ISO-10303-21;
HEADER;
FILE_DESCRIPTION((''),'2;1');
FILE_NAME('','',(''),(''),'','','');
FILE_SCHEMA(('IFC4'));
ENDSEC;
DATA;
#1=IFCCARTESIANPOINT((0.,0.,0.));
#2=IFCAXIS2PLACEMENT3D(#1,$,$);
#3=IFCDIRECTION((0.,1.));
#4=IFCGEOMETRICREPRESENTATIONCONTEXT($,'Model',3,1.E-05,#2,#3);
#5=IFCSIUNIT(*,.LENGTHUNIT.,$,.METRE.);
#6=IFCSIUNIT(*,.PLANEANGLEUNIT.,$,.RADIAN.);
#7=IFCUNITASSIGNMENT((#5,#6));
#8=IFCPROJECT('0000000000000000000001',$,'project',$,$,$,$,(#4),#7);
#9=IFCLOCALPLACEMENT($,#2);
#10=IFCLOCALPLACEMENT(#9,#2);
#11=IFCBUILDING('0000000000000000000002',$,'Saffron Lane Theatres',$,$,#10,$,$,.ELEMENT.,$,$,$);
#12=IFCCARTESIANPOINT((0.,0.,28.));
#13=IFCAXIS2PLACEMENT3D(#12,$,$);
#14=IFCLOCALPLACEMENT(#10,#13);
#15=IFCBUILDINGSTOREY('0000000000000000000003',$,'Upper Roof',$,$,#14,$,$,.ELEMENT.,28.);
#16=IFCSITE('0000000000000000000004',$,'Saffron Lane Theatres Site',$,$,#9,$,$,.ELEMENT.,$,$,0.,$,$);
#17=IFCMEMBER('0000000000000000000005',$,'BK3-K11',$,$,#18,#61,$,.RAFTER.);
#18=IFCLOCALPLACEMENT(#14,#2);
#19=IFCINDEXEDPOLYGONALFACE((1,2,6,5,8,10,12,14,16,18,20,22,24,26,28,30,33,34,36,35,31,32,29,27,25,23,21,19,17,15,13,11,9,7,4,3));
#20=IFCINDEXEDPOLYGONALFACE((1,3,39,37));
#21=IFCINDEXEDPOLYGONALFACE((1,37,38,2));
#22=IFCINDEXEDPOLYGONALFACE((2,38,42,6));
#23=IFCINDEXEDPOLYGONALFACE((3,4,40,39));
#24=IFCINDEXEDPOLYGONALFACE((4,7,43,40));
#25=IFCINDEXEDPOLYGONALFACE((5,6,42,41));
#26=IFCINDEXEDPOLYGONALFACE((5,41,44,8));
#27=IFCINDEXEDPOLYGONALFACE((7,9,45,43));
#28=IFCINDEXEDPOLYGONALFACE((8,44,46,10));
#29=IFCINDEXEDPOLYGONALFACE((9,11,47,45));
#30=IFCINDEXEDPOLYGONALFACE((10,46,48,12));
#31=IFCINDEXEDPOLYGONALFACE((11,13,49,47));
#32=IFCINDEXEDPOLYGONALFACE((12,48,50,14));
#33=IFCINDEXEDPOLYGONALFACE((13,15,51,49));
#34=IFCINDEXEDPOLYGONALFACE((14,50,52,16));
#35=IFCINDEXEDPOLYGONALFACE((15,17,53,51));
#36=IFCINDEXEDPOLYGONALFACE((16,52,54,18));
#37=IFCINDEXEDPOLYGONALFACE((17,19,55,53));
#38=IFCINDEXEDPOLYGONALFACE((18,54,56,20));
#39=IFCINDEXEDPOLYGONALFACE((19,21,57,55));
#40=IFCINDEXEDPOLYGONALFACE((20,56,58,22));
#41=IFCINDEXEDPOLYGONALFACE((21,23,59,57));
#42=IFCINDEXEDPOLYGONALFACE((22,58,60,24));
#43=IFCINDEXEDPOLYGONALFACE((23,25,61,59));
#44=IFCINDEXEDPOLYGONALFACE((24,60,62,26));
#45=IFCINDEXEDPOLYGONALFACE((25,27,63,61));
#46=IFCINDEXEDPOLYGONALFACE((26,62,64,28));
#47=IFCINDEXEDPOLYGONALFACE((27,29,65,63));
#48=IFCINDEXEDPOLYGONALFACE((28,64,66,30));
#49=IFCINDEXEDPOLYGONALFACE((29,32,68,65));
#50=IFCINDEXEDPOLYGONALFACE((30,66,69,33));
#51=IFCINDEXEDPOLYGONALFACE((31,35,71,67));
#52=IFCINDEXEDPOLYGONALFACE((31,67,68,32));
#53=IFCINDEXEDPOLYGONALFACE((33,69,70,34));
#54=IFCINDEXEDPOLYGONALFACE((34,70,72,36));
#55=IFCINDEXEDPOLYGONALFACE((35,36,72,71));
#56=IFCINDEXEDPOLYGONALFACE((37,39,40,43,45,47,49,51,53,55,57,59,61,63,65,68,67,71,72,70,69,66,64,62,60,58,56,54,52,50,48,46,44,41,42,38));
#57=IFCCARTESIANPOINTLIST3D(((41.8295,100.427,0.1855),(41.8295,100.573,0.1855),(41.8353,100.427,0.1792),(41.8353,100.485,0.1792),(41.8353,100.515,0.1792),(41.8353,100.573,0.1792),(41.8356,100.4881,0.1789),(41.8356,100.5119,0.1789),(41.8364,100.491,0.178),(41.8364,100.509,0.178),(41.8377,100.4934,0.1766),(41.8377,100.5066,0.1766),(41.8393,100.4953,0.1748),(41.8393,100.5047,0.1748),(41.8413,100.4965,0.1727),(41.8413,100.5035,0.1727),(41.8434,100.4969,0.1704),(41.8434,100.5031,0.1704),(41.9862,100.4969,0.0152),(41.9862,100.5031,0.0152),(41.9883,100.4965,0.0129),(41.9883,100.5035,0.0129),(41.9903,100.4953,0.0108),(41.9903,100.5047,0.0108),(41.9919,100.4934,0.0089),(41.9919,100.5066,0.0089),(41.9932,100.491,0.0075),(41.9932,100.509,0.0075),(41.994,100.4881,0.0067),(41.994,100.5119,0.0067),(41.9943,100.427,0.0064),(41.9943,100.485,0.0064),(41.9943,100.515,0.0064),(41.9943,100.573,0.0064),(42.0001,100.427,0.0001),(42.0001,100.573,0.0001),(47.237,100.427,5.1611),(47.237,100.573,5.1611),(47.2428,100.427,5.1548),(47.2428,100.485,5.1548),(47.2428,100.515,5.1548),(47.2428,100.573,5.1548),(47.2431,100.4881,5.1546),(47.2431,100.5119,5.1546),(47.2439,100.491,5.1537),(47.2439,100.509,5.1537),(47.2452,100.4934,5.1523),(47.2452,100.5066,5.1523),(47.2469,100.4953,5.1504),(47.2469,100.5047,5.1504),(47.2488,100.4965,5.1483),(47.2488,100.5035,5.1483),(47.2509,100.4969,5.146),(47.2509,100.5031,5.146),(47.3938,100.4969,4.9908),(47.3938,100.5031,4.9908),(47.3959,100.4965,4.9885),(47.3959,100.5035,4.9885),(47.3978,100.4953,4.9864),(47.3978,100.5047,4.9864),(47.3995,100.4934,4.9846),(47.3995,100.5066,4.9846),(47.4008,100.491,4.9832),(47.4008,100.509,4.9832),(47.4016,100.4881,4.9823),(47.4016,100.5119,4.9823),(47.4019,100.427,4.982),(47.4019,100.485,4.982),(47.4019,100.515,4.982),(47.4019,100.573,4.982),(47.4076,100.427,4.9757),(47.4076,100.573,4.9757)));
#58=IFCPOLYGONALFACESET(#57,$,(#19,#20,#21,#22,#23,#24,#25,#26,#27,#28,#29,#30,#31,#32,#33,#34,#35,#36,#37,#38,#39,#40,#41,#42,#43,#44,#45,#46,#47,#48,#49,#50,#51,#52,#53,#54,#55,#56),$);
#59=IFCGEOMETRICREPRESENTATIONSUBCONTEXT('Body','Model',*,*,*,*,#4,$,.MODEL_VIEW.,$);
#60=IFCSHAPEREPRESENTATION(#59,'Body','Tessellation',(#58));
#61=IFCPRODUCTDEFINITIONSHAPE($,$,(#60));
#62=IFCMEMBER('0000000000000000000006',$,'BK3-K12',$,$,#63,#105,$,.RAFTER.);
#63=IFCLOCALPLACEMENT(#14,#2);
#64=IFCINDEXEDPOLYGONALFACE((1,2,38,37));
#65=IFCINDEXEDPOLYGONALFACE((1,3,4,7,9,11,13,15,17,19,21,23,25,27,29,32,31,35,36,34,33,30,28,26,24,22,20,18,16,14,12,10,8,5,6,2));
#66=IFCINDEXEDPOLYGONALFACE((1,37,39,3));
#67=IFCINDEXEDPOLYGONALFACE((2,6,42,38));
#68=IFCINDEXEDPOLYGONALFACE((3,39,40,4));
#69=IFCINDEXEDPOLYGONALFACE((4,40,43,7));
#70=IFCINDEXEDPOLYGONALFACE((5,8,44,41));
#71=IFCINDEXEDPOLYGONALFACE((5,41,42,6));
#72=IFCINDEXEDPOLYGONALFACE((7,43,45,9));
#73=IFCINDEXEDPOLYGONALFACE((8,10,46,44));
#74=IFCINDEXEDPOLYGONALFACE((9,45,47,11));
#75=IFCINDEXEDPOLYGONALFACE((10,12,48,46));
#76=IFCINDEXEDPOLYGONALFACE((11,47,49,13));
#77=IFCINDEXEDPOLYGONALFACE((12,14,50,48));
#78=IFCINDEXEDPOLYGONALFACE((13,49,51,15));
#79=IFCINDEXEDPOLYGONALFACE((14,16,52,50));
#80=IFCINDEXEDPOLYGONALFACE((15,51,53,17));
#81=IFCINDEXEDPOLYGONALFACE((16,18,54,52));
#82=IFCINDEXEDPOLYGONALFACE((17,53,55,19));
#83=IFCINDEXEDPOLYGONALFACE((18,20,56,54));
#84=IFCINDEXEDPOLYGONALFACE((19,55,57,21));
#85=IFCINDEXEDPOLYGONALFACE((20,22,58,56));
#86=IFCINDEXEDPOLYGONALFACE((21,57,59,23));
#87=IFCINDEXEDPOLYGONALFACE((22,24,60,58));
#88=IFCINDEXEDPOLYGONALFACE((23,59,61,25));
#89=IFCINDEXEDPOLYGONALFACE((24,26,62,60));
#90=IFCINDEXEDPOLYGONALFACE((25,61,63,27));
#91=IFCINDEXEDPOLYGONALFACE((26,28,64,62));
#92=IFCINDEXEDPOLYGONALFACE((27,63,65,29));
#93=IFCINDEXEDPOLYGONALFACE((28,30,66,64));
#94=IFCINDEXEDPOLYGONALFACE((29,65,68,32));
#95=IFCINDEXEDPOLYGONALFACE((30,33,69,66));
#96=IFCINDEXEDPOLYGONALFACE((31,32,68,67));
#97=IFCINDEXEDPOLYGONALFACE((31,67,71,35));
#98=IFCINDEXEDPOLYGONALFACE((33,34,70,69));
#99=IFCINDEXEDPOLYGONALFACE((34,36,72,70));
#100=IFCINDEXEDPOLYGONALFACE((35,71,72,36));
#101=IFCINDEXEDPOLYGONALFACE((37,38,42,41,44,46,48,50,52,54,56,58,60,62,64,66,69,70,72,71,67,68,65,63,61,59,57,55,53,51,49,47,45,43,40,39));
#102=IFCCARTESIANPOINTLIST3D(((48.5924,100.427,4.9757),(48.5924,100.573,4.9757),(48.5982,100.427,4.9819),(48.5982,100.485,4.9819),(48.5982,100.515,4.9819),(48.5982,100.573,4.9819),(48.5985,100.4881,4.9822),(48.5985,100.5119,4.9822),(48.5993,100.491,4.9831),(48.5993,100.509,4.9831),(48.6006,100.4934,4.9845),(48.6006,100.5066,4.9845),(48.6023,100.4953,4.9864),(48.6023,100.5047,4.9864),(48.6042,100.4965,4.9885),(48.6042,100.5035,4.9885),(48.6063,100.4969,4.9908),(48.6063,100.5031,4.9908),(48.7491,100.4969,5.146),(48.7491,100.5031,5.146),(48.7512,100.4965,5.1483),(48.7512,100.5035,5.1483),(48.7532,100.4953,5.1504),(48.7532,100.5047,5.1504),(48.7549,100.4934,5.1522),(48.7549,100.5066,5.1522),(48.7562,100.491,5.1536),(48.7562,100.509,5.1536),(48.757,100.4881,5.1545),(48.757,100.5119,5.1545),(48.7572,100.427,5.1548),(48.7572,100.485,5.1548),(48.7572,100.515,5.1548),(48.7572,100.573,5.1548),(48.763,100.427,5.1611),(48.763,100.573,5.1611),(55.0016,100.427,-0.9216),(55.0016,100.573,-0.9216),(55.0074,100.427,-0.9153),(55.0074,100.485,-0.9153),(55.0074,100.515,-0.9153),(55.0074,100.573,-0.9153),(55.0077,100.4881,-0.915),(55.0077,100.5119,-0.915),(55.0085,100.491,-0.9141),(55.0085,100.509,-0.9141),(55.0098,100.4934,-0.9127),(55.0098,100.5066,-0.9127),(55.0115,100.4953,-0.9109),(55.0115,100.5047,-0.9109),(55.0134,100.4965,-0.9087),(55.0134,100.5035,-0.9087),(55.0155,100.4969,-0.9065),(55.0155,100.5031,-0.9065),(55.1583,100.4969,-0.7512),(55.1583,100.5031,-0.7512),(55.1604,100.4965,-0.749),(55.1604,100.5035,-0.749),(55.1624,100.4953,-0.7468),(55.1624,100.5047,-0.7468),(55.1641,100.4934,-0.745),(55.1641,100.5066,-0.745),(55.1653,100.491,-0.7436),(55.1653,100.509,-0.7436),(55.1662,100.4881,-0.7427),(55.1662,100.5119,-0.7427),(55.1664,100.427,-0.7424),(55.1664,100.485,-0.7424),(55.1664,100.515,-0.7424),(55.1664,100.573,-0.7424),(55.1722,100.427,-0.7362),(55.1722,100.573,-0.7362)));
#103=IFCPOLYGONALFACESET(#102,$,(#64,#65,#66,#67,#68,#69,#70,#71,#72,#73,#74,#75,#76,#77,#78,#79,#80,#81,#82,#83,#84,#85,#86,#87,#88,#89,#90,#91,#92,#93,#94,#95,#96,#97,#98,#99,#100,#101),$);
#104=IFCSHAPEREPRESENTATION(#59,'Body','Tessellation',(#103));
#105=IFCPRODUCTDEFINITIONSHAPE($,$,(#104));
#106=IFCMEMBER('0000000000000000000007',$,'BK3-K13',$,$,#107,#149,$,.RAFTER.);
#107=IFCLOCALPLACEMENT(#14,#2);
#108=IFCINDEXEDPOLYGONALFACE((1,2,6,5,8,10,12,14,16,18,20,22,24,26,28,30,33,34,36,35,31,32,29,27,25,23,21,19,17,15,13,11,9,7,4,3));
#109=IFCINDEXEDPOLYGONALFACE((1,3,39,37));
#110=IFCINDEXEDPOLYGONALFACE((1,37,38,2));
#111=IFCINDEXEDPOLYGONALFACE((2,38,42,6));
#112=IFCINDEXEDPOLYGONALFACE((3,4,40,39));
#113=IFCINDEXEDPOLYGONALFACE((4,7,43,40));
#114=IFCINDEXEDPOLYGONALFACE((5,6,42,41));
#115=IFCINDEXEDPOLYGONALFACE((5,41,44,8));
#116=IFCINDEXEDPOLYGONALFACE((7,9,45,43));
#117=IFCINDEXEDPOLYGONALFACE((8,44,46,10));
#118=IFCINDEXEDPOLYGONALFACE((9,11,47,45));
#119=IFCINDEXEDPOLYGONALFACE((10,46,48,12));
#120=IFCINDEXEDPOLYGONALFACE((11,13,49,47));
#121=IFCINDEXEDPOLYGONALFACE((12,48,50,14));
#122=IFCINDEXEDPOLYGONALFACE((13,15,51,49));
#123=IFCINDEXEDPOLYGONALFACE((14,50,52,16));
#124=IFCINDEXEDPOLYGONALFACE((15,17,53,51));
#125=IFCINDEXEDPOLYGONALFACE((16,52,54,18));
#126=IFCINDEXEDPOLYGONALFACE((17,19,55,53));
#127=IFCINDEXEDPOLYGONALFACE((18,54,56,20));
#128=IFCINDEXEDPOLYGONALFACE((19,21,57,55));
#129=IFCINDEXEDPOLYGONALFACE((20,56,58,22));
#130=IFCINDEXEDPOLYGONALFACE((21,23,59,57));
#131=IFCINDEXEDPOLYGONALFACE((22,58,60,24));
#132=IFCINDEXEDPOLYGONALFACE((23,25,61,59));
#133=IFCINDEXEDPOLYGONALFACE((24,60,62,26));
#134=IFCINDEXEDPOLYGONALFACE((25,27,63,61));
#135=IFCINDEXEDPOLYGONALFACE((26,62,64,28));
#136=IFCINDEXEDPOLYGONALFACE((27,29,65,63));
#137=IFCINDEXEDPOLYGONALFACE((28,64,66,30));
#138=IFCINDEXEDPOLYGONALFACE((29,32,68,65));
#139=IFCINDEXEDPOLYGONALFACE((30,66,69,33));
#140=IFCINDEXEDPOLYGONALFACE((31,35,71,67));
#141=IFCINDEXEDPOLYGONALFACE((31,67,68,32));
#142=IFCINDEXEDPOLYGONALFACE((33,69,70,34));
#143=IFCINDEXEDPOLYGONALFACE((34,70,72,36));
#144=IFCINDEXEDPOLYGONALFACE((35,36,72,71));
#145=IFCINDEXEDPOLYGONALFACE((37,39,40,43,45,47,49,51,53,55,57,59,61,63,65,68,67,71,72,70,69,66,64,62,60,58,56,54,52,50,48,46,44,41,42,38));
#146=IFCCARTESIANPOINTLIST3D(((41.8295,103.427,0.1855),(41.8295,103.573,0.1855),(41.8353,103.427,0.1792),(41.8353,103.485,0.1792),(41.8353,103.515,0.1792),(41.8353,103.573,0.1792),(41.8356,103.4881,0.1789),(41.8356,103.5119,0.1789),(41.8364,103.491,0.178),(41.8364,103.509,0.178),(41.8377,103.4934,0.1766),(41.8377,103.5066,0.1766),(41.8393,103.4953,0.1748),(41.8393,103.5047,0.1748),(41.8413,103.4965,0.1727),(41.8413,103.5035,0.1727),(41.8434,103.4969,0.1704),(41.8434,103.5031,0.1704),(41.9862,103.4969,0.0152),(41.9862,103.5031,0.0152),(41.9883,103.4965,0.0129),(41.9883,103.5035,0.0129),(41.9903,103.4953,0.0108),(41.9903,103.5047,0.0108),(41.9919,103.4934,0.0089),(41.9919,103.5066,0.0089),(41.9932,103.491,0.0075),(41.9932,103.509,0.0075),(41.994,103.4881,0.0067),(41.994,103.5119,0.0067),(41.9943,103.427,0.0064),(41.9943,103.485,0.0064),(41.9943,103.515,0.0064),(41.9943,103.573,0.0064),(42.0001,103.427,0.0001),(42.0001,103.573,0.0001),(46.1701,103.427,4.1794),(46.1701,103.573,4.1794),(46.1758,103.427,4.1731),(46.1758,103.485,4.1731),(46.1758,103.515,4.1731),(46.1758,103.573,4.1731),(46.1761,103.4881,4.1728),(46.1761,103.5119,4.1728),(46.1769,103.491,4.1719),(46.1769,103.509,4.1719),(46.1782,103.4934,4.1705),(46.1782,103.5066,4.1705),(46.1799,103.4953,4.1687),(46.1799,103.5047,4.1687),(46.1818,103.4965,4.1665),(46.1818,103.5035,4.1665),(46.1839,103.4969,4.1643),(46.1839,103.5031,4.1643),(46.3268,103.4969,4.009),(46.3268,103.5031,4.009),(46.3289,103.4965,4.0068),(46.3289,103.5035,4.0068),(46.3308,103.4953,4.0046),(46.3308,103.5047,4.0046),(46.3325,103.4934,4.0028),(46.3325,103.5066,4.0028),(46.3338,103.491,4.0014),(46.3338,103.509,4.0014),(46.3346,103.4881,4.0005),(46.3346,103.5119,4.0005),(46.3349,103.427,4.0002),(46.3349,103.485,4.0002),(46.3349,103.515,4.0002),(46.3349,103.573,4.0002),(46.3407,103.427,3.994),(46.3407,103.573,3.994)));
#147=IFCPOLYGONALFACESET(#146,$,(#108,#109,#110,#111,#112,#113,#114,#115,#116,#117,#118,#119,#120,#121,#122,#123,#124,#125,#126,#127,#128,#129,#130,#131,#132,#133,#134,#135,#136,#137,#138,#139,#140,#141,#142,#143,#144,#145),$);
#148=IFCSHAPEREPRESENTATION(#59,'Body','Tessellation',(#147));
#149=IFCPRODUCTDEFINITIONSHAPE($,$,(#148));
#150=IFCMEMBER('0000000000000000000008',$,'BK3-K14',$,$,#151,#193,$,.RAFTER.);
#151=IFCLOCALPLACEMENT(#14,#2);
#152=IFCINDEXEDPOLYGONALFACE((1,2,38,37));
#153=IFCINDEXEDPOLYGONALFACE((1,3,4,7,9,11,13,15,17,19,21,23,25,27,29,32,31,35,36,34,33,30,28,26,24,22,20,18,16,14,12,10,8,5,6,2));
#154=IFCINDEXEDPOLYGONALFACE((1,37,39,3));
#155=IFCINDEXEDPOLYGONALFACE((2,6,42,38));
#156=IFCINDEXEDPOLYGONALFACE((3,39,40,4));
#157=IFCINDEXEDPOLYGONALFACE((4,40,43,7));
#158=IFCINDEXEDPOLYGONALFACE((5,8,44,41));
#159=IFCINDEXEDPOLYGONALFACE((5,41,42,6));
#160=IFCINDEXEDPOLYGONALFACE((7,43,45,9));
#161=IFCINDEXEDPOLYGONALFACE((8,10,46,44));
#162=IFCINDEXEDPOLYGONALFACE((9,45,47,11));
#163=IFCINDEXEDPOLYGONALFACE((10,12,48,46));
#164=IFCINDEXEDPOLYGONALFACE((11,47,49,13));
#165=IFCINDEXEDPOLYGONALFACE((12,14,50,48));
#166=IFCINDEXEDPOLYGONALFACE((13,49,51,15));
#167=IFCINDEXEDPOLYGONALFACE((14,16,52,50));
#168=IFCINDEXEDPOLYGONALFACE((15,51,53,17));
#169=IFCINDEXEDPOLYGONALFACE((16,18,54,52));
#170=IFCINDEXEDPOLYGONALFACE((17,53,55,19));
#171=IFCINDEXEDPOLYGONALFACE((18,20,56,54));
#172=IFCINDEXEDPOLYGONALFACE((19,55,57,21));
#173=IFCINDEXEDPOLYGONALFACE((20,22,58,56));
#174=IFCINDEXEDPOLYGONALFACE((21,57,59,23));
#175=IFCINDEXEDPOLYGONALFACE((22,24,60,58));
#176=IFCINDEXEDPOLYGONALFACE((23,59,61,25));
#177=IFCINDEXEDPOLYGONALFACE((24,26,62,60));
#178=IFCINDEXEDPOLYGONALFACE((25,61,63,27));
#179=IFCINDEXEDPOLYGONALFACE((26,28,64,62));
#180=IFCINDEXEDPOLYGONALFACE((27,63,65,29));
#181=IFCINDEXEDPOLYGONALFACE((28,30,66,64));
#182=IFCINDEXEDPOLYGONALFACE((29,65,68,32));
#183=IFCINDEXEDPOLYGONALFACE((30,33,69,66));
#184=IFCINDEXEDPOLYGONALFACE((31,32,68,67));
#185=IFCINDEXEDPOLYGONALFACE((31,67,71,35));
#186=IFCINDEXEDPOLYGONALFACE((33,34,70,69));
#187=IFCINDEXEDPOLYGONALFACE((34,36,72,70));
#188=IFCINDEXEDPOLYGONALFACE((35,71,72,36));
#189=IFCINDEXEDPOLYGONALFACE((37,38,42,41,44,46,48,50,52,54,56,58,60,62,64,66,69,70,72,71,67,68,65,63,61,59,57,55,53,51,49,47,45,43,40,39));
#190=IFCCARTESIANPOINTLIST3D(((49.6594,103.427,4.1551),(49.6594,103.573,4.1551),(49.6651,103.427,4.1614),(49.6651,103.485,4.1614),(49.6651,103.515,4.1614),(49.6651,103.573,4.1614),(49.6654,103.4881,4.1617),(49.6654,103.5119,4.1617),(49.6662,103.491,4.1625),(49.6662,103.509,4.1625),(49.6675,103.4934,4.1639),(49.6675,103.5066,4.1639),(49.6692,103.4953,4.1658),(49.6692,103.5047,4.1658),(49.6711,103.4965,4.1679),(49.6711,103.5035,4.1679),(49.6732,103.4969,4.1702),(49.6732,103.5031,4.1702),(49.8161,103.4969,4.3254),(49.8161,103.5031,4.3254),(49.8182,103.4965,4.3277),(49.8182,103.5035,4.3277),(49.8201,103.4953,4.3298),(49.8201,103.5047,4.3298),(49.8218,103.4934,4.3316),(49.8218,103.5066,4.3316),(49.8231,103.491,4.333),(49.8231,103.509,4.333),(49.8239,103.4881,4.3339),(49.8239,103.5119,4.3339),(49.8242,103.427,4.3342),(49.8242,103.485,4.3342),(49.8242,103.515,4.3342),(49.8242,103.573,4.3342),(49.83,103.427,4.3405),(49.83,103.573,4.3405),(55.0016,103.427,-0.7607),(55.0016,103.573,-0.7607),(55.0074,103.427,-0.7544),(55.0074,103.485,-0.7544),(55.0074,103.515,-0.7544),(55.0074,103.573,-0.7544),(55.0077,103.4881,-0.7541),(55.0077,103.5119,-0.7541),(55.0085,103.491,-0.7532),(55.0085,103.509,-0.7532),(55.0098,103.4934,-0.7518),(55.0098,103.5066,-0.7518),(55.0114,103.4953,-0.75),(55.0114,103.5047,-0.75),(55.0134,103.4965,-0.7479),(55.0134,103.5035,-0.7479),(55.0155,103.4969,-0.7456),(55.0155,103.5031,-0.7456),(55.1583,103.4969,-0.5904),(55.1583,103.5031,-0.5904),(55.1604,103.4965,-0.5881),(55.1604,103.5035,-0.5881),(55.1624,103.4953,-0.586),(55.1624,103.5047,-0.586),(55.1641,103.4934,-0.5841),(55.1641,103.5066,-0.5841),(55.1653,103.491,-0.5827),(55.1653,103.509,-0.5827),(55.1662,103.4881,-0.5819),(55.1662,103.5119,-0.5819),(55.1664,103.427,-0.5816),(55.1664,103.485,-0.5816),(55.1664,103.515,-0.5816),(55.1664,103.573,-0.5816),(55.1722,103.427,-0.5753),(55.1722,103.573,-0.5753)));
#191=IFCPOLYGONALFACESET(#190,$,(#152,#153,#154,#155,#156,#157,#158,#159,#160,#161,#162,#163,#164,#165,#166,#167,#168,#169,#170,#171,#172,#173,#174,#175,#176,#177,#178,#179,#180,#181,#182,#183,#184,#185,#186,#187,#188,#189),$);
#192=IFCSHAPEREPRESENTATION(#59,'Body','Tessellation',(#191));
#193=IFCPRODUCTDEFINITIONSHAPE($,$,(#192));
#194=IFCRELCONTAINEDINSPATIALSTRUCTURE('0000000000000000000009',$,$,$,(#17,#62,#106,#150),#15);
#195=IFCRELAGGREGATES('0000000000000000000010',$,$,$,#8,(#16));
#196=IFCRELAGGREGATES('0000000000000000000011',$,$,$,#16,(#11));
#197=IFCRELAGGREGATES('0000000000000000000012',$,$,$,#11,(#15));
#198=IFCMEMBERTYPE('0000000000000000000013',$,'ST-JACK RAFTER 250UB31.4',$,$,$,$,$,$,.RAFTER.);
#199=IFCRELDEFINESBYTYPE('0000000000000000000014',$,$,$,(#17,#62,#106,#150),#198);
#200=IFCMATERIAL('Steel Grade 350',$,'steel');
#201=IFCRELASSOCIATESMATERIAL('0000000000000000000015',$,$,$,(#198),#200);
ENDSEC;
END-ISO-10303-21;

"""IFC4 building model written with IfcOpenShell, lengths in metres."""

from ifc_helpers import new_model, si_unit, direction, frame, origin, origin_2d, place, context, subcontext, project, spatial, i_section, extrude, material, material_profile, profile_set, type_object, element, save


model = new_model("IFC4")

# Units and contexts
model_context = context("Model", 3, precision=1e-05, world=origin(), true_north=direction((0.0, 1.0)))
body_context = subcontext(model_context, "Body", "Model", "MODEL_VIEW")
ifc_project = project(units=[si_unit("LENGTHUNIT", "METRE"), si_unit("PLANEANGLEUNIT", "RADIAN")], contexts=[model_context])

# Site, building, storey
site_placement = place(None, origin())
site = spatial("IfcSite", under=ifc_project, at=site_placement, Name="Saffron Lane Theatres Site", CompositionType="ELEMENT", RefElevation=0.0)
building_placement = place(site_placement, origin())
building = spatial("IfcBuilding", under=site, at=building_placement, Name="Saffron Lane Theatres", CompositionType="ELEMENT")
storey_placement = place(building_placement, frame((0.0, 0.0, 28.0)))
storey = spatial("IfcBuildingStorey", under=building, at=storey_placement, Name="Upper Roof", CompositionType="ELEMENT", Elevation=28.0)

# Members
ifc_material_1 = material(Name="Steel Grade 350", Category="steel")
ifc_material_profile_1 = material_profile(ifc_material_1, i_section(OverallWidth=0.146, OverallDepth=0.252, WebThickness=0.0061, FlangeThickness=0.0085, FilletRadius=0.012, at=origin_2d()))
ifc_profile_set_1 = profile_set([ifc_material_profile_1], Name="Steel Grade 350")
member_type_1 = type_object("IfcMemberType", Name="ST-JACK RAFTER 250UB31.4", PredefinedType="RAFTER", material=ifc_profile_set_1)
member_1_placement = place(storey_placement, frame((41.9148, 100.5, 0.0928), z_axis=(0.735883, 0.0, 0.677109), x_axis=(0.0, 1.0, 0.0)))
element("IfcMember", 1, at=member_1_placement, inside=storey, type_object=member_type_1, Name="BK3-K11", PredefinedType="RAFTER", context=body_context, shape_type="SweptSolid", body=[
    extrude(i_section(OverallWidth=0.146, OverallDepth=0.252, WebThickness=0.0061, FlangeThickness=0.0085, FilletRadius=0.012, at=origin_2d()), origin(), (0.0, 0.0, 1.0), 7.3484),
])
member_2_placement = place(storey_placement, frame((55.0869, 100.5, -0.8289), z_axis=(-0.735887, 0.0, 0.677105), x_axis=(0.0, -1.0, 0.0)))
element("IfcMember", 2, at=member_2_placement, inside=storey, type_object=member_type_1, Name="BK3-K12", PredefinedType="RAFTER", context=body_context, shape_type="SweptSolid", body=[
    extrude(i_section(OverallWidth=0.146, OverallDepth=0.252, WebThickness=0.0061, FlangeThickness=0.0085, FilletRadius=0.012, at=origin_2d()), origin(), (0.0, 0.0, 1.0), 8.7095),
])
member_3_placement = place(storey_placement, frame((41.9148, 103.5, 0.0928), z_axis=(0.735883, 0.0, 0.677109), x_axis=(0.0, 1.0, 0.0)))
element("IfcMember", 3, at=member_3_placement, inside=storey, type_object=member_type_1, Name="BK3-K13", PredefinedType="RAFTER", context=body_context, shape_type="SweptSolid", body=[
    extrude(i_section(OverallWidth=0.146, OverallDepth=0.252, WebThickness=0.0061, FlangeThickness=0.0085, FilletRadius=0.012, at=origin_2d()), origin(), (0.0, 0.0, 1.0), 5.8984),
])
member_4_placement = place(storey_placement, frame((55.0869, 103.5, -0.668), z_axis=(-0.735871, 0.0, 0.677121), x_axis=(0.0, -1.0, 0.0)))
element("IfcMember", 4, at=member_4_placement, inside=storey, type_object=member_type_1, Name="BK3-K14", PredefinedType="RAFTER", context=body_context, shape_type="SweptSolid", body=[
    extrude(i_section(OverallWidth=0.146, OverallDepth=0.252, WebThickness=0.0061, FlangeThickness=0.0085, FilletRadius=0.012, at=origin_2d()), origin(), (0.0, 0.0, 1.0), 7.2598),
])

save(model, "model.ifc")
